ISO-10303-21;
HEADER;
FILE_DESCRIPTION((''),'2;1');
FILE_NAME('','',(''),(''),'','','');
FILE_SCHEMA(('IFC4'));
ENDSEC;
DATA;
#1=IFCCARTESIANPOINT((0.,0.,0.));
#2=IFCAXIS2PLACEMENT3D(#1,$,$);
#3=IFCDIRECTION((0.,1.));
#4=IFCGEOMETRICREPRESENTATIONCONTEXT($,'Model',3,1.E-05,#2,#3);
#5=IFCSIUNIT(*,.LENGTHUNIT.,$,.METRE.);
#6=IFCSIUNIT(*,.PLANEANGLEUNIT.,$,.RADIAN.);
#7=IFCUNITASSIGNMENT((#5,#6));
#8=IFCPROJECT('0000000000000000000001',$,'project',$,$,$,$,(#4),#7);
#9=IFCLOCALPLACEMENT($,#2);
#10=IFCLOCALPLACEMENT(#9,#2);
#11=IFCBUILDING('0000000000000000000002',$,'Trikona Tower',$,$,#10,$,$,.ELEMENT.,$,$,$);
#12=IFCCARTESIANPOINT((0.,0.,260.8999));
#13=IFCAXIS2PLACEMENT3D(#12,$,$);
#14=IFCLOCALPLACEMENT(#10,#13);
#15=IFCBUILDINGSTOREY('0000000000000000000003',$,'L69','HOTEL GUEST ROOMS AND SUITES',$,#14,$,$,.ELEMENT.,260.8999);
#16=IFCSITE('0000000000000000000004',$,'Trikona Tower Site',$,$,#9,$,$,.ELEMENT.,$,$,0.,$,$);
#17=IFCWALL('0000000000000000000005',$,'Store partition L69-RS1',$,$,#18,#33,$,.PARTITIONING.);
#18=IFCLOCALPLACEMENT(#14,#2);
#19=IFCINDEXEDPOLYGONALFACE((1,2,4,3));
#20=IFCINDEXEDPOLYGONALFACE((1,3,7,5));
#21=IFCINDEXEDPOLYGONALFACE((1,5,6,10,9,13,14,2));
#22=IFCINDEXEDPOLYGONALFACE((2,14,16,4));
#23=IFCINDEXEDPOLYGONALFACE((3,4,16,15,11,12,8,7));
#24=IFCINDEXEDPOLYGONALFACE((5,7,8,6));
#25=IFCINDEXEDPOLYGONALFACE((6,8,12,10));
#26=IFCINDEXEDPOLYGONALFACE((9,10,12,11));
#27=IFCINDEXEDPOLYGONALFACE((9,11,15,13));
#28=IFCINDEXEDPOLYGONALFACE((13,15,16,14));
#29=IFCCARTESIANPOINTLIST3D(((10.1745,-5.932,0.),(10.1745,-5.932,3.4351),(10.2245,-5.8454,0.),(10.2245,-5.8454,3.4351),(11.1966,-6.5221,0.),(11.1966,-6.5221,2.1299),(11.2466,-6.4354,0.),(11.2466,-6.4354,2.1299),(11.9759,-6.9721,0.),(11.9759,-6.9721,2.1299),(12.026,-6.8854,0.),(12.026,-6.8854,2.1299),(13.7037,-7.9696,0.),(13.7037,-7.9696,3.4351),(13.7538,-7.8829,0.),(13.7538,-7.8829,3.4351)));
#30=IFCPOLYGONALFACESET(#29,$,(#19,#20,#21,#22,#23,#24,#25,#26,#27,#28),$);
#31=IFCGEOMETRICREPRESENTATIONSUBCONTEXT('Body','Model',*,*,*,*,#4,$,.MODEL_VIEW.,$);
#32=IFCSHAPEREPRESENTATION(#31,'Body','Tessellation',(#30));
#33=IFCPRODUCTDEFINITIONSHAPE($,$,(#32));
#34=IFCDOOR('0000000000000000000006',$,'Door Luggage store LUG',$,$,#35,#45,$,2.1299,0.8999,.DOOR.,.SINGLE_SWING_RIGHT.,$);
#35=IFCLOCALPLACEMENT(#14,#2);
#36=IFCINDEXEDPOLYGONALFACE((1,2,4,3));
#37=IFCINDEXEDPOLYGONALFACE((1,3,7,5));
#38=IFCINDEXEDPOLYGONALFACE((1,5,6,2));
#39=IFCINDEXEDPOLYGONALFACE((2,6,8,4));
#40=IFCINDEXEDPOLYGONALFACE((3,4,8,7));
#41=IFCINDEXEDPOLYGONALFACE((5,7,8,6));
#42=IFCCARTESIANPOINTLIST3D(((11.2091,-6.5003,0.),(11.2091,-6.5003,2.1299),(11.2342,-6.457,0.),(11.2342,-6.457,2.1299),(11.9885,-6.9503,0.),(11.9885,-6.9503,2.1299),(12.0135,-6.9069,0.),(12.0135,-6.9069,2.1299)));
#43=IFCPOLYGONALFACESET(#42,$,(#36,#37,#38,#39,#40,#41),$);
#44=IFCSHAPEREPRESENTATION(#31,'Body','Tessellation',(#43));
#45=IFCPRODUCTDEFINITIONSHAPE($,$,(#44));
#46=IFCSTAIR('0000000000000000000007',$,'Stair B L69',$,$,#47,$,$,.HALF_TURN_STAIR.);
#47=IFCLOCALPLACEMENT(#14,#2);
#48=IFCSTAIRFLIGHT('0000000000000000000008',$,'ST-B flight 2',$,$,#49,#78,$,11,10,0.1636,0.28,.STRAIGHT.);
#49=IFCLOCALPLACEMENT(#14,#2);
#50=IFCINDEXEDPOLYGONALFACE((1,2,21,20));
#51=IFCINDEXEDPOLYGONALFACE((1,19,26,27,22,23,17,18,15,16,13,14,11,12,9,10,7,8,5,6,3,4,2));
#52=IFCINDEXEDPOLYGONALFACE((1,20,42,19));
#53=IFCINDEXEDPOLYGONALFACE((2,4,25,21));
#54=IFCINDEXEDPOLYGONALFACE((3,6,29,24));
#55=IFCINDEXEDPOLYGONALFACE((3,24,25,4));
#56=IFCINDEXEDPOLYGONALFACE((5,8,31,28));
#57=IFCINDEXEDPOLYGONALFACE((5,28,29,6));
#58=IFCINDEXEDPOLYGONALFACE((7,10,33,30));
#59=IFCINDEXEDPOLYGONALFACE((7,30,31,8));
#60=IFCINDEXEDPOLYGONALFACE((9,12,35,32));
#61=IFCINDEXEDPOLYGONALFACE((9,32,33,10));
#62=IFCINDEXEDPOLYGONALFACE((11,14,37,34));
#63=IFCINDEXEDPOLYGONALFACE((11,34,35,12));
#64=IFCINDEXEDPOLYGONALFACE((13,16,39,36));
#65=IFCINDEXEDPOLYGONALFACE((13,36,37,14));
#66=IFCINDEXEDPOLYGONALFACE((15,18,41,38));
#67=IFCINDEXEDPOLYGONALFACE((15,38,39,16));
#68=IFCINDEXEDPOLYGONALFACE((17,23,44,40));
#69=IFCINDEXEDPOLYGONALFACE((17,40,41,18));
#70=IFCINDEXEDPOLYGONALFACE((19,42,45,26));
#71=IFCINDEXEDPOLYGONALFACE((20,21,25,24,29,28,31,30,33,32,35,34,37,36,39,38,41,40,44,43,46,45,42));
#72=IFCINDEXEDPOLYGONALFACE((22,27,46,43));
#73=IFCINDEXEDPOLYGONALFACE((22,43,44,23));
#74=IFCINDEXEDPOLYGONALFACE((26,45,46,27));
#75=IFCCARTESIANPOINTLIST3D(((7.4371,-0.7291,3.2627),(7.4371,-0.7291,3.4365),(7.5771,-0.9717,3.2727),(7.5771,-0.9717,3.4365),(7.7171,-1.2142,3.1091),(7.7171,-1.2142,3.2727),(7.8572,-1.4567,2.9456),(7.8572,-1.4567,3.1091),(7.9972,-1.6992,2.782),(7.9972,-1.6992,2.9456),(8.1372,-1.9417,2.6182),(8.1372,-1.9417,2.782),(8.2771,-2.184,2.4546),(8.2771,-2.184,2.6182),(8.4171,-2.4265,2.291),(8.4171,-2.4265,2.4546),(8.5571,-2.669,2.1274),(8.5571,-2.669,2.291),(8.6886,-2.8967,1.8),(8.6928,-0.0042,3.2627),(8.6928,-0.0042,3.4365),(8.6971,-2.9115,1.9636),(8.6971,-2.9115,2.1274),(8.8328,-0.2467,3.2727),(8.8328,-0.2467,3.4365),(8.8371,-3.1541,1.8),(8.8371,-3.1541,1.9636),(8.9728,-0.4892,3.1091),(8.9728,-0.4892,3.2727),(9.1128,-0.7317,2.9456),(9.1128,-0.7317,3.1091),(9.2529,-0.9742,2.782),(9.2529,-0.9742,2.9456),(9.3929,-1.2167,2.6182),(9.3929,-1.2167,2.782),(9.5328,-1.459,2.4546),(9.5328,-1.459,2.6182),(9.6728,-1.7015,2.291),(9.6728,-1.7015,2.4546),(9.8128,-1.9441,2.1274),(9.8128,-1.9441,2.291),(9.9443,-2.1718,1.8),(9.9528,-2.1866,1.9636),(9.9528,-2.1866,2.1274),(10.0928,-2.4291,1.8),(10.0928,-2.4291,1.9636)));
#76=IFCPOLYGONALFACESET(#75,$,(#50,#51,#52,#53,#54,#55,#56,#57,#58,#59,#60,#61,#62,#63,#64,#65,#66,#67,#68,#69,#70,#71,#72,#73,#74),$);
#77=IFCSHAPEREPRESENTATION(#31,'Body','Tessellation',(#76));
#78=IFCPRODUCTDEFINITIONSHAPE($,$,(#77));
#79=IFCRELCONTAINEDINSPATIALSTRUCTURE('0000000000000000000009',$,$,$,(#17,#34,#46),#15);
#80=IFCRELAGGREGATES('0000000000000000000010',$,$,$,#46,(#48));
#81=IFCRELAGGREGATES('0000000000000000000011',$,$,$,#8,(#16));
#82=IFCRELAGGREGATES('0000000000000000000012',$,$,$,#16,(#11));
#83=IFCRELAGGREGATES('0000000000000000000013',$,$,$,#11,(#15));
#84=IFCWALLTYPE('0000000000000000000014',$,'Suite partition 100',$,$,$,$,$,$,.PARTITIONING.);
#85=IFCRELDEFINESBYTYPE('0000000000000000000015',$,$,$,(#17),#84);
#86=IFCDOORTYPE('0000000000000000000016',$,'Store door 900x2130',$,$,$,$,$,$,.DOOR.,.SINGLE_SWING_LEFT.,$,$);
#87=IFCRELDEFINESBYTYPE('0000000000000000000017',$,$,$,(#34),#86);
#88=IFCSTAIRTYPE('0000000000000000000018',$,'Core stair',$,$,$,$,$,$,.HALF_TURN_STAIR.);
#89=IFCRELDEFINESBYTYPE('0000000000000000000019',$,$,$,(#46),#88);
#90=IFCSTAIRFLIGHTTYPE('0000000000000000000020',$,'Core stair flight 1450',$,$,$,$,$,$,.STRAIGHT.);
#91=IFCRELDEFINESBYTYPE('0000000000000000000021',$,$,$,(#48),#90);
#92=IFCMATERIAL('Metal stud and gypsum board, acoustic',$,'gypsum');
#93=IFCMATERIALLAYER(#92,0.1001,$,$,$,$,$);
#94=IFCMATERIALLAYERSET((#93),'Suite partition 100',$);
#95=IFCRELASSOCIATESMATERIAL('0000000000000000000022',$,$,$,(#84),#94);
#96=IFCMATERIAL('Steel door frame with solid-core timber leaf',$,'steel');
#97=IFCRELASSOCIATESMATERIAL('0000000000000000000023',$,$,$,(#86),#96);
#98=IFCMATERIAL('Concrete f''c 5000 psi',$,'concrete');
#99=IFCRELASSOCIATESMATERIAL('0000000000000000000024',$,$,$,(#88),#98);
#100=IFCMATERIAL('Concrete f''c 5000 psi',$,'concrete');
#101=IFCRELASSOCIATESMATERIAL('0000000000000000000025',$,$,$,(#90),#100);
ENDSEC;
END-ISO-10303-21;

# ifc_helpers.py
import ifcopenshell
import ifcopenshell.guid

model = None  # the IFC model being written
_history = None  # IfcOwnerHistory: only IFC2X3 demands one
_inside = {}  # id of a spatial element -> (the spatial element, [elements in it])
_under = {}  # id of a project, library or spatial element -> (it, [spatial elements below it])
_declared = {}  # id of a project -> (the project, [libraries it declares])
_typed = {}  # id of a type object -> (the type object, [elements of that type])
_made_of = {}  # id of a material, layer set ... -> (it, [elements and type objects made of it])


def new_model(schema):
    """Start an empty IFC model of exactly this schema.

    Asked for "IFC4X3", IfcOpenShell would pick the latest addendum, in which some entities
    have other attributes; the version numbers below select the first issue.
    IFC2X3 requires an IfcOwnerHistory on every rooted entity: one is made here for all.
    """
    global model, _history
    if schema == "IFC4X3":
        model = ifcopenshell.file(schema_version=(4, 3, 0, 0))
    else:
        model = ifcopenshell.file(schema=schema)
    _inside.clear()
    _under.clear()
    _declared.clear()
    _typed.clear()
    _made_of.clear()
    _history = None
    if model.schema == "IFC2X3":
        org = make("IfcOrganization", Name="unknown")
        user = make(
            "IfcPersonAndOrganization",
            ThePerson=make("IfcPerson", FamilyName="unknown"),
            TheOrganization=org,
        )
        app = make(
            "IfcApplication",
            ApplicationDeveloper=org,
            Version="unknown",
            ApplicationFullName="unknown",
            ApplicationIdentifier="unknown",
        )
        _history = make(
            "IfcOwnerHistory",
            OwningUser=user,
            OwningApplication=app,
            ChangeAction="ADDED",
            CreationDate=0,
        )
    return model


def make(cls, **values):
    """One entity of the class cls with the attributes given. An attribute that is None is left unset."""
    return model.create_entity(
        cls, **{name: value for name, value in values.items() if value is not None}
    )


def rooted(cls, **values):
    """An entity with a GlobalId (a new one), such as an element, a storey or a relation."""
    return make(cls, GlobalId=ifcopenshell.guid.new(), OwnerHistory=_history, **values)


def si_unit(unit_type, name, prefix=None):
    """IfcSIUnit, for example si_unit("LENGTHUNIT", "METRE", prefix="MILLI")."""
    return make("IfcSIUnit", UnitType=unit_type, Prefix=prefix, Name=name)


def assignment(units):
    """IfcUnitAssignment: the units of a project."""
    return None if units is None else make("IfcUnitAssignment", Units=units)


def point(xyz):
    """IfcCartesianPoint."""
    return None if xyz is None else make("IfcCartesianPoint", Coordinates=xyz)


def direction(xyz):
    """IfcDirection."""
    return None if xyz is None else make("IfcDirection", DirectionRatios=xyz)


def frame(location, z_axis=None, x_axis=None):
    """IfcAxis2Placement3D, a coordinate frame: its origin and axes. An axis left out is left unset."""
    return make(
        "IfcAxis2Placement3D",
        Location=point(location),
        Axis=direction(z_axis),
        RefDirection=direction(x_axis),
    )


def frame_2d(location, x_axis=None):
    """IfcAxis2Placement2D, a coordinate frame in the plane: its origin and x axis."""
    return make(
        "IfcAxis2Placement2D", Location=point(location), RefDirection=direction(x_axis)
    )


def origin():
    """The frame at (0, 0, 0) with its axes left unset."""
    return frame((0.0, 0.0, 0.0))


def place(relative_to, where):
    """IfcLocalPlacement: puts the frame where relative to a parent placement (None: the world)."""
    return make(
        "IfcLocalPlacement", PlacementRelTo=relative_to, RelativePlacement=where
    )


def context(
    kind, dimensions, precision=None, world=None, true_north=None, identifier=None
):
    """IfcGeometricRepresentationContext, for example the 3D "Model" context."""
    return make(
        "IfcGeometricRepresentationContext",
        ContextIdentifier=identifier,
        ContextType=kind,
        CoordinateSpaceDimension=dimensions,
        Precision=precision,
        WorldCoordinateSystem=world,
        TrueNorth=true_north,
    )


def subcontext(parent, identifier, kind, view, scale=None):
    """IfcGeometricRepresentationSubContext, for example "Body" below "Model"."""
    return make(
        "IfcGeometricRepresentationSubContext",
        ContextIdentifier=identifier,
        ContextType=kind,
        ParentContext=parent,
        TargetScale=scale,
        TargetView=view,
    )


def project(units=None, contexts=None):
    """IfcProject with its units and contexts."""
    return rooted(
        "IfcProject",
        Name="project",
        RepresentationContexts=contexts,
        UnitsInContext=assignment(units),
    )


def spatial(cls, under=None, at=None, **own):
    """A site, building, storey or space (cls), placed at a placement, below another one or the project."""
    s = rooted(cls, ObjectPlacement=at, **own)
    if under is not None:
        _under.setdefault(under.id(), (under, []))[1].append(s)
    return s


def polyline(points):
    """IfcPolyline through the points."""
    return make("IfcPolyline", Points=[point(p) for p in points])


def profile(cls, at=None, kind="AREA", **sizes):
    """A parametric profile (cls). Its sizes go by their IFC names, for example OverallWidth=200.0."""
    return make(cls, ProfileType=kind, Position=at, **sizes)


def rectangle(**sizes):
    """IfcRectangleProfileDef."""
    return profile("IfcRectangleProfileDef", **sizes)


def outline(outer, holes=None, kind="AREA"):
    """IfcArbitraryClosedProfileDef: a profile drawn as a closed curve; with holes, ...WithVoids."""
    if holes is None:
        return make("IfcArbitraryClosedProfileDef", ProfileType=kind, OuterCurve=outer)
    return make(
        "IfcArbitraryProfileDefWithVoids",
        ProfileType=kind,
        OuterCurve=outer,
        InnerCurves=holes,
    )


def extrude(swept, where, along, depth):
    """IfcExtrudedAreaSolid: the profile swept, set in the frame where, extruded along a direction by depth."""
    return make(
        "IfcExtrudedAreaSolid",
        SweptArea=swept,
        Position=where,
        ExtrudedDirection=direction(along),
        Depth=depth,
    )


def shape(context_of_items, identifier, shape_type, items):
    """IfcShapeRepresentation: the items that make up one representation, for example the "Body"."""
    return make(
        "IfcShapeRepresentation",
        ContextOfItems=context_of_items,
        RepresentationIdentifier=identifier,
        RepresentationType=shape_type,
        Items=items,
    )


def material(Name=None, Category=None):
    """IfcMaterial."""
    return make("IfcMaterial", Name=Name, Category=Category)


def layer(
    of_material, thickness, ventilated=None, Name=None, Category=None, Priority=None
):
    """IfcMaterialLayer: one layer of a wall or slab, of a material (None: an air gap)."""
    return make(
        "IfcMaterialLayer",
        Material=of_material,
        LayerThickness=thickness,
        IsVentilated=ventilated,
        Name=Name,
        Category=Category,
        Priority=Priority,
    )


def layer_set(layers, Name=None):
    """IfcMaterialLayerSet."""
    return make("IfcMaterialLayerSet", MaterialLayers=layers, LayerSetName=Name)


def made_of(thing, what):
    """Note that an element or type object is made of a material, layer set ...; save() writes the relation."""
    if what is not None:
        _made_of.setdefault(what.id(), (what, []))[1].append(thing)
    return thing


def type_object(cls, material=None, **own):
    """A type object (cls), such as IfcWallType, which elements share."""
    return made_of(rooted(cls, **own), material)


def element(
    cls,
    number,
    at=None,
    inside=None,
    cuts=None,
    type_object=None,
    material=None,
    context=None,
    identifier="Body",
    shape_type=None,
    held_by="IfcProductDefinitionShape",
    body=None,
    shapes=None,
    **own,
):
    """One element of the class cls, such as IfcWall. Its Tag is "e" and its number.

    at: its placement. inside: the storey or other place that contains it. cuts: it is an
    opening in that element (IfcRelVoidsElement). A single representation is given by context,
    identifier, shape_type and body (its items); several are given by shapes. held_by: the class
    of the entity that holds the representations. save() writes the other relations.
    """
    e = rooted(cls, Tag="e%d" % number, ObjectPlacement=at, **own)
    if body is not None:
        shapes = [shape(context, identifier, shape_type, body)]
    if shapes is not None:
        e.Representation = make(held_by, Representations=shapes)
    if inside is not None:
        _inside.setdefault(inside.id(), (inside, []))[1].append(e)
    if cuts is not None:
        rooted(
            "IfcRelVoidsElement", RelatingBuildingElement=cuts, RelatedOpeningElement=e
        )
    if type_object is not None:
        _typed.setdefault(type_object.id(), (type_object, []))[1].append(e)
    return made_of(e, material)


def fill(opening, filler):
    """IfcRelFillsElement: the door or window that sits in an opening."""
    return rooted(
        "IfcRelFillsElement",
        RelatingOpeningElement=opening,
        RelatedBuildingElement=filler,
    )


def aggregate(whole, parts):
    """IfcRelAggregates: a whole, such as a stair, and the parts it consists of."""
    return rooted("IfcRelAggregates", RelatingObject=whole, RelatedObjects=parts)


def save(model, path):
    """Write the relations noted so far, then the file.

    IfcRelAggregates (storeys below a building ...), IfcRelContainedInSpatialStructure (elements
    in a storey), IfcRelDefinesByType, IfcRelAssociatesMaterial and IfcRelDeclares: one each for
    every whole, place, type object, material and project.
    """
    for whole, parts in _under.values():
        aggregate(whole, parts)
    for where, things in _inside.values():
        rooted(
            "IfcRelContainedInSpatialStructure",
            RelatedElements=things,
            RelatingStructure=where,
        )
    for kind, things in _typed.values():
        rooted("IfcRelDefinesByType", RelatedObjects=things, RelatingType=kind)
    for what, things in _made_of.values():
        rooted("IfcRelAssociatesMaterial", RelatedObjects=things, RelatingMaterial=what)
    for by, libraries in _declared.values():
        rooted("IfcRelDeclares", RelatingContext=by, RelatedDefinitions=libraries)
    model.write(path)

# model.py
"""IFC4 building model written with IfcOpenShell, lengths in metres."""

from ifc_helpers import new_model, si_unit, direction, frame, frame_2d, origin, place, context, subcontext, project, spatial, polyline, rectangle, outline, extrude, material, layer, layer_set, type_object, element, fill, aggregate, save


model = new_model("IFC4")

# Units and contexts
model_context = context("Model", 3, precision=1e-05, world=origin(), true_north=direction((0.0, 1.0)))
body_context = subcontext(model_context, "Body", "Model", "MODEL_VIEW")
ifc_project = project(units=[si_unit("LENGTHUNIT", "METRE"), si_unit("PLANEANGLEUNIT", "RADIAN")], contexts=[model_context])

# Site, building, storey
site_placement = place(None, origin())
site = spatial("IfcSite", under=ifc_project, at=site_placement, Name="Trikona Tower Site", CompositionType="ELEMENT", RefElevation=0.0)
building_placement = place(site_placement, origin())
building = spatial("IfcBuilding", under=site, at=building_placement, Name="Trikona Tower", CompositionType="ELEMENT")
storey_placement = place(building_placement, frame((0.0, 0.0, 260.8999)))
storey = spatial("IfcBuildingStorey", under=building, at=storey_placement, Name="L69", Description="HOTEL GUEST ROOMS AND SUITES", CompositionType="ELEMENT", Elevation=260.8999)

# Wall, opening, door
ifc_material_1 = material(Name="Metal stud and gypsum board, acoustic", Category="gypsum")
ifc_layer_1 = layer(ifc_material_1, 0.1001)
ifc_layer_set_1 = layer_set([ifc_layer_1], Name="Suite partition 100")
wall_type_1 = type_object("IfcWallType", Name="Suite partition 100", PredefinedType="PARTITIONING", material=ifc_layer_set_1)
wall_1_placement = place(storey_placement, frame((13.7288, -7.9263, 0.0), z_axis=(0.0, 0.0, 1.0), x_axis=(-0.86603, 0.499992, 0.0)))
wall_1 = element("IfcWall", 1, at=wall_1_placement, inside=storey, type_object=wall_type_1, Name="Store partition L69-RS1", PredefinedType="PARTITIONING", context=body_context, shape_type="SweptSolid", body=[
    extrude(rectangle(XDim=4.0752, YDim=0.1001, at=frame_2d((2.0376, 0.0))), origin(), (0.0, 0.0, 1.0), 3.4351),
])
opening_1_placement = place(wall_1_placement, frame((1.9951, 0.0, 0.0)))
opening_1 = element("IfcOpeningElement", 2, at=opening_1_placement, cuts=wall_1, PredefinedType="OPENING", context=body_context, shape_type="SweptSolid", body=[
    extrude(rectangle(XDim=0.8999, YDim=2.1299, at=frame_2d((0.45, 1.0649))), frame((0.0, 0.0601, 0.0), z_axis=(0.0, -1.0, 0.0), x_axis=(1.0, 0.0, 0.0)), (0.0, 0.0, 1.0), 0.1201),
])
ifc_material_2 = material(Name="Steel door frame with solid-core timber leaf", Category="steel")
door_type_1 = type_object("IfcDoorType", Name="Store door 900x2130", OperationType="SINGLE_SWING_LEFT", PredefinedType="DOOR", material=ifc_material_2)
door_1_placement = place(opening_1_placement, origin())
door_1 = element("IfcDoor", 3, at=door_1_placement, inside=storey, type_object=door_type_1, Name="Door Luggage store LUG", OperationType="SINGLE_SWING_RIGHT", OverallHeight=2.1299, OverallWidth=0.8999, PredefinedType="DOOR", context=body_context, shape_type="SweptSolid", body=[
    extrude(rectangle(XDim=0.8999, YDim=2.1299, at=frame_2d((0.45, 1.0649))), frame((0.0, 0.0249, 0.0), z_axis=(0.0, -1.0, 0.0), x_axis=(1.0, 0.0, 0.0)), (0.0, 0.0, 1.0), 0.05),
])
fill(opening_1, door_1)

# Stair, stair flight
ifc_material_3 = material(Name="Concrete f'c 5000 psi", Category="concrete")
stair_type = type_object("IfcStairType", Name="Core stair", PredefinedType="HALF_TURN_STAIR", material=ifc_material_3)
stair_placement = place(storey_placement, origin())
stair = element("IfcStair", 4, at=stair_placement, inside=storey, type_object=stair_type, Name="Stair B L69", PredefinedType="HALF_TURN_STAIR")
ifc_material_4 = material(Name="Concrete f'c 5000 psi", Category="concrete")
stair_flight_type = type_object("IfcStairFlightType", Name="Core stair flight 1450", PredefinedType="STRAIGHT", material=ifc_material_4)
stair_flight_placement = place(storey_placement, frame((9.4651, -2.7915, 1.8), z_axis=(0.0, 0.0, 1.0), x_axis=(-0.5, 0.866025, 0.0)))
stair_flight = element("IfcStairFlight", 5, at=stair_flight_placement, type_object=stair_flight_type, Name="ST-B flight 2", NumberOfRisers=11, NumberOfTreads=10, PredefinedType="STRAIGHT", RiserHeight=0.1636, TreadLength=0.28, context=body_context, shape_type="SweptSolid", body=[
    extrude(outline(polyline([(0.0, 0.0), (0.0, 0.1636), (0.28, 0.1636), (0.28, 0.3274), (0.5601, 0.3274), (0.5601, 0.491), (0.8401, 0.491), (0.8401, 0.6545), (1.1201, 0.6545), (1.1201, 0.8181), (1.3999, 0.8181), (1.3999, 0.9819), (1.6799, 0.9819), (1.6799, 1.1455), (1.96, 1.1455), (1.96, 1.3091), (2.24, 1.3091), (2.24, 1.4727), (2.52, 1.4727), (2.52, 1.6365), (2.8, 1.6365), (2.8, 1.8), (2.8, 1.4626), (0.2971, 0.0), (0.0, 0.0)])), frame((0.0, 0.7251, 0.0), z_axis=(0.0, -1.0, 0.0), x_axis=(1.0, 0.0, 0.0)), (0.0, 0.0, 1.0), 1.45),
])
aggregate(stair, [stair_flight])

save(model, "model.ifc")
